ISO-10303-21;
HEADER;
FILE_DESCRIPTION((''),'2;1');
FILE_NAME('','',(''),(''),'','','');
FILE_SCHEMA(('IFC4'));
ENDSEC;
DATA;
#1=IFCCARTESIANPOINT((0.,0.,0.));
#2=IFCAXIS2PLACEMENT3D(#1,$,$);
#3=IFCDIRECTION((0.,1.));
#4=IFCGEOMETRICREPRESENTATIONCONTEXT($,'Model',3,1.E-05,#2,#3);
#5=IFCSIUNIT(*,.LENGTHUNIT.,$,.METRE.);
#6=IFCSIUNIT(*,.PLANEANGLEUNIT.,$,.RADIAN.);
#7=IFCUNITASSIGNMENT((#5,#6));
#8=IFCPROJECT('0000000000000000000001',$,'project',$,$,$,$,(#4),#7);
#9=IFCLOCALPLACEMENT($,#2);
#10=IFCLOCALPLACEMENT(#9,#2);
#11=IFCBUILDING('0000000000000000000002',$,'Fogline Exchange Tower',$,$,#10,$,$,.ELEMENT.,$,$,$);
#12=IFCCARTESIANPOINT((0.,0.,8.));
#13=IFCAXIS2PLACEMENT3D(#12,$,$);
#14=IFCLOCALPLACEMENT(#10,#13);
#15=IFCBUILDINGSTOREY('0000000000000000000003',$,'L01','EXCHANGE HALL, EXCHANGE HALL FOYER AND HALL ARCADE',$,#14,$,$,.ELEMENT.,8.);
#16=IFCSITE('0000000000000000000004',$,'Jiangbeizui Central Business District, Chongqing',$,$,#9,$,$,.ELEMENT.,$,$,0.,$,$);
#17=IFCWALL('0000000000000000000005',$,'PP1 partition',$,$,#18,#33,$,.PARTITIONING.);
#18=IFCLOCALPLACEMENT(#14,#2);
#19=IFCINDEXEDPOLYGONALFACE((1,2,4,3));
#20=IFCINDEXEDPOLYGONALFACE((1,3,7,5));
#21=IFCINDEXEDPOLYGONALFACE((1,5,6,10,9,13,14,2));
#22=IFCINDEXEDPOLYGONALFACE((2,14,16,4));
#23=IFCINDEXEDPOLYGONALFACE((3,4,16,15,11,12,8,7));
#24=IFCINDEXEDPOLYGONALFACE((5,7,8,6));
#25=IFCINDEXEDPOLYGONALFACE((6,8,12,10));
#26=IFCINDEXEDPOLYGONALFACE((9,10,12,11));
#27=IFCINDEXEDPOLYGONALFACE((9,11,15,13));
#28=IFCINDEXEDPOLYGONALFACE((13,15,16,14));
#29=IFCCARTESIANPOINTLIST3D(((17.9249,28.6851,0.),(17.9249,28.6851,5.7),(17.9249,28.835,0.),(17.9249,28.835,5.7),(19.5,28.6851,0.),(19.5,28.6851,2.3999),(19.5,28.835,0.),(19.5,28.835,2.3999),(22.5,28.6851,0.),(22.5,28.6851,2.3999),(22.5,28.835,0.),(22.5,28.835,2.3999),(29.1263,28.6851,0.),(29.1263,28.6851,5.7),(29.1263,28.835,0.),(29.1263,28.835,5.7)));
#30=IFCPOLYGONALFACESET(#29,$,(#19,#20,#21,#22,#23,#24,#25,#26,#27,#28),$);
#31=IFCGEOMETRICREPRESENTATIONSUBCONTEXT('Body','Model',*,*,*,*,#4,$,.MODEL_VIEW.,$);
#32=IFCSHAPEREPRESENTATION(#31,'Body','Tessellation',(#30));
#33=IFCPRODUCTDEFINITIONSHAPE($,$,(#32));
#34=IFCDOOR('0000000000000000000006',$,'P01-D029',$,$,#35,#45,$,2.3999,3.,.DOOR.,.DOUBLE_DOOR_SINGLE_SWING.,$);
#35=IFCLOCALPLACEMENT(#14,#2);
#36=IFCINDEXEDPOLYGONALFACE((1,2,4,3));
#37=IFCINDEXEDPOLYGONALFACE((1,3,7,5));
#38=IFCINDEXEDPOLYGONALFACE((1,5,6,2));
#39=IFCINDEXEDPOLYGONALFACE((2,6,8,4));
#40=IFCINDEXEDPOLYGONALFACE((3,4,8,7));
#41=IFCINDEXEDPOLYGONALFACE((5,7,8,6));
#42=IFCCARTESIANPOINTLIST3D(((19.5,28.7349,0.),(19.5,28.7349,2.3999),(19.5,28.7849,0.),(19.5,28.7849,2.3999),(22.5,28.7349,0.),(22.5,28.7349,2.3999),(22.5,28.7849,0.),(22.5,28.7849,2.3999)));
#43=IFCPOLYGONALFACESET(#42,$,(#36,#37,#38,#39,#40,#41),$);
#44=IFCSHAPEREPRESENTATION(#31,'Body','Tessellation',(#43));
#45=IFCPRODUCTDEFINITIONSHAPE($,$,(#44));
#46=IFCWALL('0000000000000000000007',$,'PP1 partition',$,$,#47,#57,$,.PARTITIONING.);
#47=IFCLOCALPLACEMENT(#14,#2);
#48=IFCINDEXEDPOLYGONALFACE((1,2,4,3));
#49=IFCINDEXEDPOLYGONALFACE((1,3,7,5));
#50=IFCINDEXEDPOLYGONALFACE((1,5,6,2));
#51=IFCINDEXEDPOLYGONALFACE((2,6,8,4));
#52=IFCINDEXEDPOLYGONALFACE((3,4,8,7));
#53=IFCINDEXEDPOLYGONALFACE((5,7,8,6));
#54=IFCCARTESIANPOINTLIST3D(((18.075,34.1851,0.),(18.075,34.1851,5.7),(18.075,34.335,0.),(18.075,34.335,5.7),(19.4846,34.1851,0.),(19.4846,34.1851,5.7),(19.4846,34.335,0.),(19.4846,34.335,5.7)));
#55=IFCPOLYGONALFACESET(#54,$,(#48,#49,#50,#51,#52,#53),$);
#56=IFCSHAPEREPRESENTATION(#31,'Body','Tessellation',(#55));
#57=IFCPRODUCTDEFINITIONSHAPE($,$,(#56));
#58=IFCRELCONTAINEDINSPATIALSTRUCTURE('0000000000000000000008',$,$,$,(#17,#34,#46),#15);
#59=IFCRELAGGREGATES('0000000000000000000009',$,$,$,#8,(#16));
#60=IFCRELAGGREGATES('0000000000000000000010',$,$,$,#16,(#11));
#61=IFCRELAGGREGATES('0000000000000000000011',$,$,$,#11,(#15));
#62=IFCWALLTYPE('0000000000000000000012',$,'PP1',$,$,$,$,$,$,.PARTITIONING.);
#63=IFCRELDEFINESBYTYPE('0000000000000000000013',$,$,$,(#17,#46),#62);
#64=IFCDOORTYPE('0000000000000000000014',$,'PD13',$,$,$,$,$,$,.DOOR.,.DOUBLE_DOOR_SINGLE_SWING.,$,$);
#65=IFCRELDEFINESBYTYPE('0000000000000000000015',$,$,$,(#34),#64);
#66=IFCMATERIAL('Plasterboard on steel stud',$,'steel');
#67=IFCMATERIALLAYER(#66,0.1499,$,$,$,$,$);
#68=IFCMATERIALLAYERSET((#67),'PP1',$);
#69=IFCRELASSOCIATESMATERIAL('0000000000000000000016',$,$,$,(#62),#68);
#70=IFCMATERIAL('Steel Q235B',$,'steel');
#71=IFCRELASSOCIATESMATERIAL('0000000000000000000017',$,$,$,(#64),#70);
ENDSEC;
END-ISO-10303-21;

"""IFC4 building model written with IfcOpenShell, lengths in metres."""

from ifc_helpers import new_model, si_unit, direction, frame, frame_2d, origin, place, context, subcontext, project, spatial, rectangle, extrude, material, layer, layer_set, type_object, element, fill, save


model = new_model("IFC4")

# Units and contexts
model_context = context("Model", 3, precision=1e-05, world=origin(), true_north=direction((0.0, 1.0)))
body_context = subcontext(model_context, "Body", "Model", "MODEL_VIEW")
ifc_project = project(units=[si_unit("LENGTHUNIT", "METRE"), si_unit("PLANEANGLEUNIT", "RADIAN")], contexts=[model_context])

# Site, building, storey
site_placement = place(None, origin())
site = spatial("IfcSite", under=ifc_project, at=site_placement, Name="Jiangbeizui Central Business District, Chongqing", CompositionType="ELEMENT", RefElevation=0.0)
building_placement = place(site_placement, origin())
building = spatial("IfcBuilding", under=site, at=building_placement, Name="Fogline Exchange Tower", CompositionType="ELEMENT")
storey_placement = place(building_placement, frame((0.0, 0.0, 8.0)))
storey = spatial("IfcBuildingStorey", under=building, at=storey_placement, Name="L01", Description="EXCHANGE HALL, EXCHANGE HALL FOYER AND HALL ARCADE", CompositionType="ELEMENT", Elevation=8.0)

# Shared definitions
ifc_material_1 = material(Name="Plasterboard on steel stud", Category="steel")
ifc_layer_1 = layer(ifc_material_1, 0.1499)
ifc_layer_set_1 = layer_set([ifc_layer_1], Name="PP1")
wall_type_1 = type_object("IfcWallType", Name="PP1", PredefinedType="PARTITIONING", material=ifc_layer_set_1)

# Shared definitions
ifc_material_2 = material(Name="Steel Q235B", Category="steel")
door_type_1 = type_object("IfcDoorType", Name="PD13", OperationType="DOUBLE_DOOR_SINGLE_SWING", PredefinedType="DOOR", material=ifc_material_2)

# Wall, opening, door
wall_1_placement = place(storey_placement, frame((17.925, 28.76, 0.0), z_axis=(0.0, 0.0, 1.0), x_axis=(1.0, 0.0, 0.0)))
wall_1 = element("IfcWall", 1, at=wall_1_placement, inside=storey, type_object=wall_type_1, Name="PP1 partition", PredefinedType="PARTITIONING", context=body_context, shape_type="SweptSolid", body=[
    extrude(rectangle(XDim=11.2014, YDim=0.1499, at=frame_2d((5.6006, 0.0))), origin(), (0.0, 0.0, 1.0), 5.7),
])
opening_1_placement = place(wall_1_placement, frame((1.575, 0.0, 0.0)))
opening_1 = element("IfcOpeningElement", 2, at=opening_1_placement, cuts=wall_1, PredefinedType="OPENING", context=body_context, shape_type="SweptSolid", body=[
    extrude(rectangle(XDim=3.0, YDim=2.3999, at=frame_2d((1.5, 1.2))), frame((0.0, 0.085, 0.0), z_axis=(0.0, -1.0, 0.0), x_axis=(1.0, 0.0, 0.0)), (0.0, 0.0, 1.0), 0.1699),
])
door_1_placement = place(opening_1_placement, origin())
door_1 = element("IfcDoor", 3, at=door_1_placement, inside=storey, type_object=door_type_1, Name="P01-D029", OperationType="DOUBLE_DOOR_SINGLE_SWING", OverallHeight=2.3999, OverallWidth=3.0, PredefinedType="DOOR", context=body_context, shape_type="SweptSolid", body=[
    extrude(rectangle(XDim=3.0, YDim=2.3999, at=frame_2d((1.5, 1.2))), frame((0.0, 0.0249, 0.0), z_axis=(0.0, -1.0, 0.0), x_axis=(1.0, 0.0, 0.0)), (0.0, 0.0, 1.0), 0.05),
])
fill(opening_1, door_1)

# Wall
wall_2_placement = place(storey_placement, frame((19.4846, 34.26, 0.0), z_axis=(0.0, 0.0, 1.0), x_axis=(-1.0, 0.0, 0.0)))
element("IfcWall", 4, at=wall_2_placement, inside=storey, type_object=wall_type_1, Name="PP1 partition", PredefinedType="PARTITIONING", context=body_context, shape_type="SweptSolid", body=[
    extrude(rectangle(XDim=1.4097, YDim=0.1499, at=frame_2d((0.7048, 0.0))), origin(), (0.0, 0.0, 1.0), 5.7),
])

save(model, "model.ifc")
